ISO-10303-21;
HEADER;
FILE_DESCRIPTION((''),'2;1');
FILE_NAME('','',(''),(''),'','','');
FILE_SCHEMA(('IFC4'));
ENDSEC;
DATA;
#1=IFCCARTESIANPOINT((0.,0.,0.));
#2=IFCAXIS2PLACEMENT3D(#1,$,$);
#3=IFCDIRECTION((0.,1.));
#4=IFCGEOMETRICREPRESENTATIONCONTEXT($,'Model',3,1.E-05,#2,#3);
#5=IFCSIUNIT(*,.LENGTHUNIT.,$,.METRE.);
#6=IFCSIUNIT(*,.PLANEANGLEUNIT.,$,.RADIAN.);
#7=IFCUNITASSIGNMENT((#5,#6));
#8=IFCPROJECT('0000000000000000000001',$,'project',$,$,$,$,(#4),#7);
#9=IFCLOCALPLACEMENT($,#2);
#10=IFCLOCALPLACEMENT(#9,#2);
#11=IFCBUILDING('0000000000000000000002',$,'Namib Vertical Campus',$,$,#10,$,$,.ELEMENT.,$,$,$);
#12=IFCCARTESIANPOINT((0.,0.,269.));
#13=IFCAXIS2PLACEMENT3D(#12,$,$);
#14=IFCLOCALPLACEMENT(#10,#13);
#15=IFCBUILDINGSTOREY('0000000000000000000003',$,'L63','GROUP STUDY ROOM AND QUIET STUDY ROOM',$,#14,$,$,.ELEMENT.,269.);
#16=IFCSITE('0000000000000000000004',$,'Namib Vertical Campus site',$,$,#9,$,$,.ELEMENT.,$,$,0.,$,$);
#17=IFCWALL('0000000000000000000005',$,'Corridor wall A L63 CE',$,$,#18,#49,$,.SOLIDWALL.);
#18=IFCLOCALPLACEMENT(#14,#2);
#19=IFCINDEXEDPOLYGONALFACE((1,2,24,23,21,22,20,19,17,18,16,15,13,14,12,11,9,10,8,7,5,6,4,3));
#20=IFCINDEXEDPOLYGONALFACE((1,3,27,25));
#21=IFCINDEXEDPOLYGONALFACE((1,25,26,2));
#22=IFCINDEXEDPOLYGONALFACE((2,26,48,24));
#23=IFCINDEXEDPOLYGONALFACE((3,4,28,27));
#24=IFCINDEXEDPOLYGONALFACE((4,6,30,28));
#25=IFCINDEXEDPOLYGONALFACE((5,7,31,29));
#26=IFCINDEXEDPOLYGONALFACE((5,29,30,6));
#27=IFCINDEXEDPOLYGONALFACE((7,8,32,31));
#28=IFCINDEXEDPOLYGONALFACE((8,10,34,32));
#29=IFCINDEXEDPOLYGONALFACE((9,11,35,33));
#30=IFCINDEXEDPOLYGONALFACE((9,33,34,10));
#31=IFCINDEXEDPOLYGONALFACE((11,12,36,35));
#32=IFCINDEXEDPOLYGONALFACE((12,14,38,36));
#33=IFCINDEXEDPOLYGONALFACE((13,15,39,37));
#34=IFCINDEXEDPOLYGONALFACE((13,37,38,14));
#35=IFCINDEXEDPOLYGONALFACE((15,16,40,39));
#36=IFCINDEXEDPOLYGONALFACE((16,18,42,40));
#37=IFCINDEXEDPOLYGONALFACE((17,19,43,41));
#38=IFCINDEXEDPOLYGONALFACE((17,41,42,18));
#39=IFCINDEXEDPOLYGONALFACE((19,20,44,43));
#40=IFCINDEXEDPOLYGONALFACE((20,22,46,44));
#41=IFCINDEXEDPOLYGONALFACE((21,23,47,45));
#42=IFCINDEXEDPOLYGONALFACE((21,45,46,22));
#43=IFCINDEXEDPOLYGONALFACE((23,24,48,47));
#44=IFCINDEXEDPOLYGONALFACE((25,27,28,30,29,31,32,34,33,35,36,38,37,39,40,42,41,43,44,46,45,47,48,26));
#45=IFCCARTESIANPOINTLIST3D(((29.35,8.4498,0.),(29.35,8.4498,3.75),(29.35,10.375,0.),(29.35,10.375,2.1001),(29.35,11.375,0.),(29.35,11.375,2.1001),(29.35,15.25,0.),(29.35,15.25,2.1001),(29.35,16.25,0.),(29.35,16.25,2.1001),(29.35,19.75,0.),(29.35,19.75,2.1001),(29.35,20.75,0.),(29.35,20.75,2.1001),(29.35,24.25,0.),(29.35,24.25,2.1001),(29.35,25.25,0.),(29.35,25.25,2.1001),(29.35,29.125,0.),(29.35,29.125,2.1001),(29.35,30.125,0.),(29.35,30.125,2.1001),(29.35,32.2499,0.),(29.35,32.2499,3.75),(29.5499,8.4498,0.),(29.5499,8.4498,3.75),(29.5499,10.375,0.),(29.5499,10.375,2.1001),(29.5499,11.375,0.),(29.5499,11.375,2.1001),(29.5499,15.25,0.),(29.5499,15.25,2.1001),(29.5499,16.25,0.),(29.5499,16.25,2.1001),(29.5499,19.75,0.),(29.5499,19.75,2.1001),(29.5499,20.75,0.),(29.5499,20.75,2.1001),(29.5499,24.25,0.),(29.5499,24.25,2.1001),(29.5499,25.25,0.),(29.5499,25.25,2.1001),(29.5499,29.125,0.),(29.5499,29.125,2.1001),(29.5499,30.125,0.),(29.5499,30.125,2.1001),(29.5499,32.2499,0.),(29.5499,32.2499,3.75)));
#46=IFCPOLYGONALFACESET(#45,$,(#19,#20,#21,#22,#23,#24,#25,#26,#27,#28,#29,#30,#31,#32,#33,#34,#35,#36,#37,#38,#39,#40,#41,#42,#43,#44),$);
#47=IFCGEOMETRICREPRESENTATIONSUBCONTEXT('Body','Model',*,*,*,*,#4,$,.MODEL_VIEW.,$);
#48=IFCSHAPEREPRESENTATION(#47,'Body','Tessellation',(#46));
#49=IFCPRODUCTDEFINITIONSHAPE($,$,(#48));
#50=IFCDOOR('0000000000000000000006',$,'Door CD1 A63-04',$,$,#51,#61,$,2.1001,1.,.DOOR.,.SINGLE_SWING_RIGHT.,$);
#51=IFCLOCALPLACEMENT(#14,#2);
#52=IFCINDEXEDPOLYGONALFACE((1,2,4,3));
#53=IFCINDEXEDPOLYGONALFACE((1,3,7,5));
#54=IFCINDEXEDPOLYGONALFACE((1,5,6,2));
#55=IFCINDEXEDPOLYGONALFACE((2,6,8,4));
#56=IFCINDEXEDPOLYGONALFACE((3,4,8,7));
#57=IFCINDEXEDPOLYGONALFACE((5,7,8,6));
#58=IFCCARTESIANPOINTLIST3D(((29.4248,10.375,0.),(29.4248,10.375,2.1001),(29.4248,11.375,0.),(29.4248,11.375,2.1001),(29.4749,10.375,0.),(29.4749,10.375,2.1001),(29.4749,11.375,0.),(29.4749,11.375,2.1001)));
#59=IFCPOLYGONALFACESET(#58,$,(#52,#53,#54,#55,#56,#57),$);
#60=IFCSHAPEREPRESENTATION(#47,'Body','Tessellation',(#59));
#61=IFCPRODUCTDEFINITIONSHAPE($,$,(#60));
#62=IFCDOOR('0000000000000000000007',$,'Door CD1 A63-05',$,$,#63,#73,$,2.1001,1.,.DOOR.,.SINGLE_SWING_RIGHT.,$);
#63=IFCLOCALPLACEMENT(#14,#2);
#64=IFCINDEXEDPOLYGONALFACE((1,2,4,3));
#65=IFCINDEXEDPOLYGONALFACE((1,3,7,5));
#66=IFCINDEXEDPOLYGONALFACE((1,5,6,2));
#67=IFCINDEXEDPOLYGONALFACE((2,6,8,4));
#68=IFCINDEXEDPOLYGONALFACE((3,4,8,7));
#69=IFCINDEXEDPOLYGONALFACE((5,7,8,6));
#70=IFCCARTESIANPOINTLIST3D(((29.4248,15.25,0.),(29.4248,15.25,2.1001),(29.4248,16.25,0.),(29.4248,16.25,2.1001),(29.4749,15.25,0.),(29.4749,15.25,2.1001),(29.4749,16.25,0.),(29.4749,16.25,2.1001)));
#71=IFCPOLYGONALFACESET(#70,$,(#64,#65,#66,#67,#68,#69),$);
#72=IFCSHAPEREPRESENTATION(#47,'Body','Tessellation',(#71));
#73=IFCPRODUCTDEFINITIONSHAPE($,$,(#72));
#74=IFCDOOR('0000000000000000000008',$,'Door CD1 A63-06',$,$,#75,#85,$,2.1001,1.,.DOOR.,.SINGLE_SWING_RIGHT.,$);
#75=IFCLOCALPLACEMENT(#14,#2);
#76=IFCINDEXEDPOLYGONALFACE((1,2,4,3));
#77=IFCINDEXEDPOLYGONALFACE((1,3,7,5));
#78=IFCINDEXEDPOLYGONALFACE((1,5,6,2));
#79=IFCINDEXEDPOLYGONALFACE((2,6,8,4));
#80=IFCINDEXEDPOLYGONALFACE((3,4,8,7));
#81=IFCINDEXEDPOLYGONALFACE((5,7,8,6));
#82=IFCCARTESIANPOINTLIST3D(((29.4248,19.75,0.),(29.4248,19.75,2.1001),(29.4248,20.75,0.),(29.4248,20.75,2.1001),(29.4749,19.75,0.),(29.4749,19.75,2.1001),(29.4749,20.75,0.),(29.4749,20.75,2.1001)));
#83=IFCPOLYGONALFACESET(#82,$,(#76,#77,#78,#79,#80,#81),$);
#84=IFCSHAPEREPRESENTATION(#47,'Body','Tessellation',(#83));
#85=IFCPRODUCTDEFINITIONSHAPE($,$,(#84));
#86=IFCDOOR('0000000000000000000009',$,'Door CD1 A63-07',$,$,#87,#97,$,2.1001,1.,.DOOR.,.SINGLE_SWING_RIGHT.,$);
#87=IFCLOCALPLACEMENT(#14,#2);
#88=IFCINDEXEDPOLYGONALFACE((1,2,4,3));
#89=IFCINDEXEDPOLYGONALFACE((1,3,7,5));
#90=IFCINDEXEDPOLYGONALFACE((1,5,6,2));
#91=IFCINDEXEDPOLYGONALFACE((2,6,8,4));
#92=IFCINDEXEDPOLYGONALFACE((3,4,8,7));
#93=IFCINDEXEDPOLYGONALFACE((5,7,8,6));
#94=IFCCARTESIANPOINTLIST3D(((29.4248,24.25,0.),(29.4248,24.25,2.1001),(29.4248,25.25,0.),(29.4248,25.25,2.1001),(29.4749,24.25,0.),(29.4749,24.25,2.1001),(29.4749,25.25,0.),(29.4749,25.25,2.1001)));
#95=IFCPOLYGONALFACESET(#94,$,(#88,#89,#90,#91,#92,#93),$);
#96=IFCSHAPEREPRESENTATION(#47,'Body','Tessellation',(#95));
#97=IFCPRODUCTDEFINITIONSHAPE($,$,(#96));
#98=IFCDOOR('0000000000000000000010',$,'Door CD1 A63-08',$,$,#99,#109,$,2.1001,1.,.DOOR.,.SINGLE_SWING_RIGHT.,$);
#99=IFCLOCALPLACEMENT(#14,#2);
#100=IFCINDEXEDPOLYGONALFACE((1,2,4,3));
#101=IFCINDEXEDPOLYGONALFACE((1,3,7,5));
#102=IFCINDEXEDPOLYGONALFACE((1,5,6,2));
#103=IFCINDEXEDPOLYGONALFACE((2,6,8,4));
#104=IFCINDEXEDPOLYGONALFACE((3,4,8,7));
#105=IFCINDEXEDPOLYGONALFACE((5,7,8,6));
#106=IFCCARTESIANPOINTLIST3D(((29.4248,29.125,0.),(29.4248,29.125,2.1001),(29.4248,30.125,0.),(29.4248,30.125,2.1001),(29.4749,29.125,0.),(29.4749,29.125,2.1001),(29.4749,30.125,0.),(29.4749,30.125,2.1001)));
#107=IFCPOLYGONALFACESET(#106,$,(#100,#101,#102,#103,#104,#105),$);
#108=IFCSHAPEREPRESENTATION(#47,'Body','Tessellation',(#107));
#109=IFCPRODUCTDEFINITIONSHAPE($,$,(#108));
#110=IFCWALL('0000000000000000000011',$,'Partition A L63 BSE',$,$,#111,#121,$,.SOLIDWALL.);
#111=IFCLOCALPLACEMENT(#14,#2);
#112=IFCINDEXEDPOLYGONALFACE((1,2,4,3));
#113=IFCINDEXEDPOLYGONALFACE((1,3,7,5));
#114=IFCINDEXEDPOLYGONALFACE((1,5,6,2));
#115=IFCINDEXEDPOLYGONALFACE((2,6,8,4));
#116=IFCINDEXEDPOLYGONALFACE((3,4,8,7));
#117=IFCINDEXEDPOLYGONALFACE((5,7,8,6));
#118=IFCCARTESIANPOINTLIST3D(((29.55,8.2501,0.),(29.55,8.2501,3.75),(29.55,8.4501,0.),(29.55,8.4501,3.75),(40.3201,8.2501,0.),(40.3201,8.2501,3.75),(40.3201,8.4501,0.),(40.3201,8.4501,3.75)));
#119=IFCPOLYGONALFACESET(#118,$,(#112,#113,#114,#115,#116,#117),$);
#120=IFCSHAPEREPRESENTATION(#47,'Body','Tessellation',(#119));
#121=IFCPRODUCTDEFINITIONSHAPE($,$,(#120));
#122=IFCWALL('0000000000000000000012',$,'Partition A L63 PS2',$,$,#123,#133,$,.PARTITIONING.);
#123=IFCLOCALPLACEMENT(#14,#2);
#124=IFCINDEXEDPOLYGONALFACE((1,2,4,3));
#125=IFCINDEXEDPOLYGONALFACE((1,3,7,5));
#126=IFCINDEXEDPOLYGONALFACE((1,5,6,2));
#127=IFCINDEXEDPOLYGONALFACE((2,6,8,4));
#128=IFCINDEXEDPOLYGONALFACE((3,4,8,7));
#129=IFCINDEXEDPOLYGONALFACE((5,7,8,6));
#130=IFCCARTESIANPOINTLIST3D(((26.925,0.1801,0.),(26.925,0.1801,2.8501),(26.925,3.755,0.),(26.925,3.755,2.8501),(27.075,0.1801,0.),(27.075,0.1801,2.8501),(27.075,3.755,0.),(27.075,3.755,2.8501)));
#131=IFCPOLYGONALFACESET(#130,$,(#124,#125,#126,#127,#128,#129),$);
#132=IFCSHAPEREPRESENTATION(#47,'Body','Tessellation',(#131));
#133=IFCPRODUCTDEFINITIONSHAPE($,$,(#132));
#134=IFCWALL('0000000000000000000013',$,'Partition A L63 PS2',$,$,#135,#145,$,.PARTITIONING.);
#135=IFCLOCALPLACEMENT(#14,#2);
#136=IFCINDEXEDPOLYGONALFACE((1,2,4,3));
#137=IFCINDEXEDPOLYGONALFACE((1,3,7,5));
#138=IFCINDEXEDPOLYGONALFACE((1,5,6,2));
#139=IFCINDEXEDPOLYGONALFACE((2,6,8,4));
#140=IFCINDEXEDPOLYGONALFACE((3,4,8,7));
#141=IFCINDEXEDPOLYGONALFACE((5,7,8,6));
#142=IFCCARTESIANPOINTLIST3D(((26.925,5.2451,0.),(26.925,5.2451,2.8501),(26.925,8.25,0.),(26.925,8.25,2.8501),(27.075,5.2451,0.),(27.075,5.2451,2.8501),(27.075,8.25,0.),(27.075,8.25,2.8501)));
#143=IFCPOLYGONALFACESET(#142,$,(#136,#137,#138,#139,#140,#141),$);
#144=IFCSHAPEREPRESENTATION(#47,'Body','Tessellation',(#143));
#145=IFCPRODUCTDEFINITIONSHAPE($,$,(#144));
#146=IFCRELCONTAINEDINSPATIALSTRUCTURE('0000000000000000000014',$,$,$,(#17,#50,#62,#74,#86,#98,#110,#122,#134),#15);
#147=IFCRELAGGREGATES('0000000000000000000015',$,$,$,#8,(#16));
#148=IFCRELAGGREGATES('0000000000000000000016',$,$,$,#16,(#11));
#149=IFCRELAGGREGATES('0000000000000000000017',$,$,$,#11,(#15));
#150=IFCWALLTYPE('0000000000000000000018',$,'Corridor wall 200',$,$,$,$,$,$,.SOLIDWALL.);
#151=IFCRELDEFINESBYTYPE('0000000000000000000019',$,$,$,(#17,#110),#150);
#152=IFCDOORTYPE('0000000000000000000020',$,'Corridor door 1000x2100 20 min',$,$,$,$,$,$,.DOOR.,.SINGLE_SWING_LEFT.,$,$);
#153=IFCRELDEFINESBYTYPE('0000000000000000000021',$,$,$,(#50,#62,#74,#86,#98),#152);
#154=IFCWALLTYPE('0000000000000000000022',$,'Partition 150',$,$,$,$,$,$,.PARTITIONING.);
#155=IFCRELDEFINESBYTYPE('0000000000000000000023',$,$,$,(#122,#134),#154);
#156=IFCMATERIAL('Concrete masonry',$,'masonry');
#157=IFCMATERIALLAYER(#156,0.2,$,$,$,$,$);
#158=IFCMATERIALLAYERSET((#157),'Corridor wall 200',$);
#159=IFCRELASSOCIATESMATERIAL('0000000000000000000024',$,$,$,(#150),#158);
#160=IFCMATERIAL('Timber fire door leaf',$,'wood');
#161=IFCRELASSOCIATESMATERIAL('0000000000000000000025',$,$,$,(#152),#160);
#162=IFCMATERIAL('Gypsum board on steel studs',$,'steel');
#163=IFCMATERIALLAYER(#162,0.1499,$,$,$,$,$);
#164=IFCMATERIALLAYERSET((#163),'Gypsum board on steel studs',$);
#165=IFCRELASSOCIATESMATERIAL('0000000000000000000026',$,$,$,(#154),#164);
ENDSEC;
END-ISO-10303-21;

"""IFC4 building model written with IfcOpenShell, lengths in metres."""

from ifc_helpers import new_model, si_unit, direction, frame, frame_2d, origin, place, context, subcontext, project, spatial, rectangle, extrude, material, layer, layer_set, type_object, element, fill, save


model = new_model("IFC4")

# Units and contexts
model_context = context("Model", 3, precision=1e-05, world=origin(), true_north=direction((0.0, 1.0)))
body_context = subcontext(model_context, "Body", "Model", "MODEL_VIEW")
ifc_project = project(units=[si_unit("LENGTHUNIT", "METRE"), si_unit("PLANEANGLEUNIT", "RADIAN")], contexts=[model_context])

# Site, building, storey
site_placement = place(None, origin())
site = spatial("IfcSite", under=ifc_project, at=site_placement, Name="Namib Vertical Campus site", CompositionType="ELEMENT", RefElevation=0.0)
building_placement = place(site_placement, origin())
building = spatial("IfcBuilding", under=site, at=building_placement, Name="Namib Vertical Campus", CompositionType="ELEMENT")
storey_placement = place(building_placement, frame((0.0, 0.0, 269.0)))
storey = spatial("IfcBuildingStorey", under=building, at=storey_placement, Name="L63", Description="GROUP STUDY ROOM AND QUIET STUDY ROOM", CompositionType="ELEMENT", Elevation=269.0)

# Wall, openings, doors
ifc_material_1 = material(Name="Concrete masonry", Category="masonry")
ifc_layer_1 = layer(ifc_material_1, 0.2)
ifc_layer_set_1 = layer_set([ifc_layer_1], Name="Corridor wall 200")
wall_type_1 = type_object("IfcWallType", Name="Corridor wall 200", PredefinedType="SOLIDWALL", material=ifc_layer_set_1)
wall_1_placement = place(storey_placement, frame((29.45, 8.45, 0.0), z_axis=(0.0, 0.0, 1.0), x_axis=(0.0, 1.0, 0.0)))
wall_1 = element("IfcWall", 1, at=wall_1_placement, inside=storey, type_object=wall_type_1, Name="Corridor wall A L63 CE", PredefinedType="SOLIDWALL", context=body_context, shape_type="SweptSolid", body=[
    extrude(rectangle(XDim=23.8, YDim=0.2, at=frame_2d((11.8999, 0.0))), origin(), (0.0, 0.0, 1.0), 3.75),
])
opening_1_placement = place(wall_1_placement, frame((1.925, 0.0, 0.0)))
opening_1 = element("IfcOpeningElement", 2, at=opening_1_placement, cuts=wall_1, PredefinedType="OPENING", context=body_context, shape_type="SweptSolid", body=[
    extrude(rectangle(XDim=1.0, YDim=2.1001, at=frame_2d((0.5, 1.05))), frame((0.0, 0.1099, 0.0), z_axis=(0.0, -1.0, 0.0), x_axis=(1.0, 0.0, 0.0)), (0.0, 0.0, 1.0), 0.22),
])
opening_2_placement = place(wall_1_placement, frame((6.8, 0.0, 0.0)))
opening_2 = element("IfcOpeningElement", 3, at=opening_2_placement, cuts=wall_1, PredefinedType="OPENING", context=body_context, shape_type="SweptSolid", body=[
    extrude(rectangle(XDim=1.0, YDim=2.1001, at=frame_2d((0.5, 1.05))), frame((0.0, 0.1099, 0.0), z_axis=(0.0, -1.0, 0.0), x_axis=(1.0, 0.0, 0.0)), (0.0, 0.0, 1.0), 0.22),
])
opening_3_placement = place(wall_1_placement, frame((11.3, 0.0, 0.0)))
opening_3 = element("IfcOpeningElement", 4, at=opening_3_placement, cuts=wall_1, PredefinedType="OPENING", context=body_context, shape_type="SweptSolid", body=[
    extrude(rectangle(XDim=1.0, YDim=2.1001, at=frame_2d((0.5, 1.05))), frame((0.0, 0.1099, 0.0), z_axis=(0.0, -1.0, 0.0), x_axis=(1.0, 0.0, 0.0)), (0.0, 0.0, 1.0), 0.22),
])
opening_4_placement = place(wall_1_placement, frame((15.8, 0.0, 0.0)))
opening_4 = element("IfcOpeningElement", 5, at=opening_4_placement, cuts=wall_1, PredefinedType="OPENING", context=body_context, shape_type="SweptSolid", body=[
    extrude(rectangle(XDim=1.0, YDim=2.1001, at=frame_2d((0.5, 1.05))), frame((0.0, 0.1099, 0.0), z_axis=(0.0, -1.0, 0.0), x_axis=(1.0, 0.0, 0.0)), (0.0, 0.0, 1.0), 0.22),
])
opening_5_placement = place(wall_1_placement, frame((20.675, 0.0, 0.0)))
opening_5 = element("IfcOpeningElement", 6, at=opening_5_placement, cuts=wall_1, PredefinedType="OPENING", context=body_context, shape_type="SweptSolid", body=[
    extrude(rectangle(XDim=1.0, YDim=2.1001, at=frame_2d((0.5, 1.05))), frame((0.0, 0.1099, 0.0), z_axis=(0.0, -1.0, 0.0), x_axis=(1.0, 0.0, 0.0)), (0.0, 0.0, 1.0), 0.22),
])
ifc_material_2 = material(Name="Timber fire door leaf", Category="wood")
door_type_1 = type_object("IfcDoorType", Name="Corridor door 1000x2100 20 min", OperationType="SINGLE_SWING_LEFT", PredefinedType="DOOR", material=ifc_material_2)
door_1_placement = place(opening_1_placement, frame((1.0, 0.0, 0.0), z_axis=(0.0, 0.0, 1.0), x_axis=(-1.0, 0.0, 0.0)))
door_1 = element("IfcDoor", 7, at=door_1_placement, inside=storey, type_object=door_type_1, Name="Door CD1 A63-04", OperationType="SINGLE_SWING_RIGHT", OverallHeight=2.1001, OverallWidth=1.0, PredefinedType="DOOR", context=body_context, shape_type="SweptSolid", body=[
    extrude(rectangle(XDim=1.0, YDim=2.1001, at=frame_2d((0.5, 1.05))), frame((0.0, 0.0249, 0.0), z_axis=(0.0, -1.0, 0.0), x_axis=(1.0, 0.0, 0.0)), (0.0, 0.0, 1.0), 0.05),
])
fill(opening_1, door_1)
door_2_placement = place(opening_2_placement, frame((1.0, 0.0, 0.0), z_axis=(0.0, 0.0, 1.0), x_axis=(-1.0, 0.0, 0.0)))
door_2 = element("IfcDoor", 8, at=door_2_placement, inside=storey, type_object=door_type_1, Name="Door CD1 A63-05", OperationType="SINGLE_SWING_RIGHT", OverallHeight=2.1001, OverallWidth=1.0, PredefinedType="DOOR", context=body_context, shape_type="SweptSolid", body=[
    extrude(rectangle(XDim=1.0, YDim=2.1001, at=frame_2d((0.5, 1.05))), frame((0.0, 0.0249, 0.0), z_axis=(0.0, -1.0, 0.0), x_axis=(1.0, 0.0, 0.0)), (0.0, 0.0, 1.0), 0.05),
])
fill(opening_2, door_2)
door_3_placement = place(opening_3_placement, frame((1.0, 0.0, 0.0), z_axis=(0.0, 0.0, 1.0), x_axis=(-1.0, 0.0, 0.0)))
door_3 = element("IfcDoor", 9, at=door_3_placement, inside=storey, type_object=door_type_1, Name="Door CD1 A63-06", OperationType="SINGLE_SWING_RIGHT", OverallHeight=2.1001, OverallWidth=1.0, PredefinedType="DOOR", context=body_context, shape_type="SweptSolid", body=[
    extrude(rectangle(XDim=1.0, YDim=2.1001, at=frame_2d((0.5, 1.05))), frame((0.0, 0.0249, 0.0), z_axis=(0.0, -1.0, 0.0), x_axis=(1.0, 0.0, 0.0)), (0.0, 0.0, 1.0), 0.05),
])
fill(opening_3, door_3)
door_4_placement = place(opening_4_placement, frame((1.0, 0.0, 0.0), z_axis=(0.0, 0.0, 1.0), x_axis=(-1.0, 0.0, 0.0)))
door_4 = element("IfcDoor", 10, at=door_4_placement, inside=storey, type_object=door_type_1, Name="Door CD1 A63-07", OperationType="SINGLE_SWING_RIGHT", OverallHeight=2.1001, OverallWidth=1.0, PredefinedType="DOOR", context=body_context, shape_type="SweptSolid", body=[
    extrude(rectangle(XDim=1.0, YDim=2.1001, at=frame_2d((0.5, 1.05))), frame((0.0, 0.0249, 0.0), z_axis=(0.0, -1.0, 0.0), x_axis=(1.0, 0.0, 0.0)), (0.0, 0.0, 1.0), 0.05),
])
fill(opening_4, door_4)
door_5_placement = place(opening_5_placement, frame((1.0, 0.0, 0.0), z_axis=(0.0, 0.0, 1.0), x_axis=(-1.0, 0.0, 0.0)))
door_5 = element("IfcDoor", 11, at=door_5_placement, inside=storey, type_object=door_type_1, Name="Door CD1 A63-08", OperationType="SINGLE_SWING_RIGHT", OverallHeight=2.1001, OverallWidth=1.0, PredefinedType="DOOR", context=body_context, shape_type="SweptSolid", body=[
    extrude(rectangle(XDim=1.0, YDim=2.1001, at=frame_2d((0.5, 1.05))), frame((0.0, 0.0249, 0.0), z_axis=(0.0, -1.0, 0.0), x_axis=(1.0, 0.0, 0.0)), (0.0, 0.0, 1.0), 0.05),
])
fill(opening_5, door_5)

# Walls
wall_2_placement = place(storey_placement, frame((29.55, 8.3501, 0.0), z_axis=(0.0, 0.0, 1.0), x_axis=(1.0, 0.0, 0.0)))
element("IfcWall", 12, at=wall_2_placement, inside=storey, type_object=wall_type_1, Name="Partition A L63 BSE", PredefinedType="SOLIDWALL", context=body_context, shape_type="SweptSolid", body=[
    extrude(rectangle(XDim=10.77, YDim=0.2, at=frame_2d((5.385, 0.0))), origin(), (0.0, 0.0, 1.0), 3.75),
])
ifc_material_3 = material(Name="Gypsum board on steel studs", Category="steel")
ifc_layer_2 = layer(ifc_material_3, 0.1499)
ifc_layer_set_2 = layer_set([ifc_layer_2], Name="Gypsum board on steel studs")
wall_type_2 = type_object("IfcWallType", Name="Partition 150", PredefinedType="PARTITIONING", material=ifc_layer_set_2)
wall_3_placement = place(storey_placement, frame((27.0, 0.1799, 0.0), z_axis=(0.0, 0.0, 1.0), x_axis=(0.0, 1.0, 0.0)))
element("IfcWall", 13, at=wall_3_placement, inside=storey, type_object=wall_type_2, Name="Partition A L63 PS2", PredefinedType="PARTITIONING", context=body_context, shape_type="SweptSolid", body=[
    extrude(rectangle(XDim=3.575, YDim=0.1499, at=frame_2d((1.7876, 0.0))), origin(), (0.0, 0.0, 1.0), 2.8501),
])
wall_4_placement = place(storey_placement, frame((27.0, 5.2451, 0.0), z_axis=(0.0, 0.0, 1.0), x_axis=(0.0, 1.0, 0.0)))
element("IfcWall", 14, at=wall_4_placement, inside=storey, type_object=wall_type_2, Name="Partition A L63 PS2", PredefinedType="PARTITIONING", context=body_context, shape_type="SweptSolid", body=[
    extrude(rectangle(XDim=3.0049, YDim=0.1499, at=frame_2d((1.5024, 0.0))), origin(), (0.0, 0.0, 1.0), 2.8501),
])

save(model, "model.ifc")
